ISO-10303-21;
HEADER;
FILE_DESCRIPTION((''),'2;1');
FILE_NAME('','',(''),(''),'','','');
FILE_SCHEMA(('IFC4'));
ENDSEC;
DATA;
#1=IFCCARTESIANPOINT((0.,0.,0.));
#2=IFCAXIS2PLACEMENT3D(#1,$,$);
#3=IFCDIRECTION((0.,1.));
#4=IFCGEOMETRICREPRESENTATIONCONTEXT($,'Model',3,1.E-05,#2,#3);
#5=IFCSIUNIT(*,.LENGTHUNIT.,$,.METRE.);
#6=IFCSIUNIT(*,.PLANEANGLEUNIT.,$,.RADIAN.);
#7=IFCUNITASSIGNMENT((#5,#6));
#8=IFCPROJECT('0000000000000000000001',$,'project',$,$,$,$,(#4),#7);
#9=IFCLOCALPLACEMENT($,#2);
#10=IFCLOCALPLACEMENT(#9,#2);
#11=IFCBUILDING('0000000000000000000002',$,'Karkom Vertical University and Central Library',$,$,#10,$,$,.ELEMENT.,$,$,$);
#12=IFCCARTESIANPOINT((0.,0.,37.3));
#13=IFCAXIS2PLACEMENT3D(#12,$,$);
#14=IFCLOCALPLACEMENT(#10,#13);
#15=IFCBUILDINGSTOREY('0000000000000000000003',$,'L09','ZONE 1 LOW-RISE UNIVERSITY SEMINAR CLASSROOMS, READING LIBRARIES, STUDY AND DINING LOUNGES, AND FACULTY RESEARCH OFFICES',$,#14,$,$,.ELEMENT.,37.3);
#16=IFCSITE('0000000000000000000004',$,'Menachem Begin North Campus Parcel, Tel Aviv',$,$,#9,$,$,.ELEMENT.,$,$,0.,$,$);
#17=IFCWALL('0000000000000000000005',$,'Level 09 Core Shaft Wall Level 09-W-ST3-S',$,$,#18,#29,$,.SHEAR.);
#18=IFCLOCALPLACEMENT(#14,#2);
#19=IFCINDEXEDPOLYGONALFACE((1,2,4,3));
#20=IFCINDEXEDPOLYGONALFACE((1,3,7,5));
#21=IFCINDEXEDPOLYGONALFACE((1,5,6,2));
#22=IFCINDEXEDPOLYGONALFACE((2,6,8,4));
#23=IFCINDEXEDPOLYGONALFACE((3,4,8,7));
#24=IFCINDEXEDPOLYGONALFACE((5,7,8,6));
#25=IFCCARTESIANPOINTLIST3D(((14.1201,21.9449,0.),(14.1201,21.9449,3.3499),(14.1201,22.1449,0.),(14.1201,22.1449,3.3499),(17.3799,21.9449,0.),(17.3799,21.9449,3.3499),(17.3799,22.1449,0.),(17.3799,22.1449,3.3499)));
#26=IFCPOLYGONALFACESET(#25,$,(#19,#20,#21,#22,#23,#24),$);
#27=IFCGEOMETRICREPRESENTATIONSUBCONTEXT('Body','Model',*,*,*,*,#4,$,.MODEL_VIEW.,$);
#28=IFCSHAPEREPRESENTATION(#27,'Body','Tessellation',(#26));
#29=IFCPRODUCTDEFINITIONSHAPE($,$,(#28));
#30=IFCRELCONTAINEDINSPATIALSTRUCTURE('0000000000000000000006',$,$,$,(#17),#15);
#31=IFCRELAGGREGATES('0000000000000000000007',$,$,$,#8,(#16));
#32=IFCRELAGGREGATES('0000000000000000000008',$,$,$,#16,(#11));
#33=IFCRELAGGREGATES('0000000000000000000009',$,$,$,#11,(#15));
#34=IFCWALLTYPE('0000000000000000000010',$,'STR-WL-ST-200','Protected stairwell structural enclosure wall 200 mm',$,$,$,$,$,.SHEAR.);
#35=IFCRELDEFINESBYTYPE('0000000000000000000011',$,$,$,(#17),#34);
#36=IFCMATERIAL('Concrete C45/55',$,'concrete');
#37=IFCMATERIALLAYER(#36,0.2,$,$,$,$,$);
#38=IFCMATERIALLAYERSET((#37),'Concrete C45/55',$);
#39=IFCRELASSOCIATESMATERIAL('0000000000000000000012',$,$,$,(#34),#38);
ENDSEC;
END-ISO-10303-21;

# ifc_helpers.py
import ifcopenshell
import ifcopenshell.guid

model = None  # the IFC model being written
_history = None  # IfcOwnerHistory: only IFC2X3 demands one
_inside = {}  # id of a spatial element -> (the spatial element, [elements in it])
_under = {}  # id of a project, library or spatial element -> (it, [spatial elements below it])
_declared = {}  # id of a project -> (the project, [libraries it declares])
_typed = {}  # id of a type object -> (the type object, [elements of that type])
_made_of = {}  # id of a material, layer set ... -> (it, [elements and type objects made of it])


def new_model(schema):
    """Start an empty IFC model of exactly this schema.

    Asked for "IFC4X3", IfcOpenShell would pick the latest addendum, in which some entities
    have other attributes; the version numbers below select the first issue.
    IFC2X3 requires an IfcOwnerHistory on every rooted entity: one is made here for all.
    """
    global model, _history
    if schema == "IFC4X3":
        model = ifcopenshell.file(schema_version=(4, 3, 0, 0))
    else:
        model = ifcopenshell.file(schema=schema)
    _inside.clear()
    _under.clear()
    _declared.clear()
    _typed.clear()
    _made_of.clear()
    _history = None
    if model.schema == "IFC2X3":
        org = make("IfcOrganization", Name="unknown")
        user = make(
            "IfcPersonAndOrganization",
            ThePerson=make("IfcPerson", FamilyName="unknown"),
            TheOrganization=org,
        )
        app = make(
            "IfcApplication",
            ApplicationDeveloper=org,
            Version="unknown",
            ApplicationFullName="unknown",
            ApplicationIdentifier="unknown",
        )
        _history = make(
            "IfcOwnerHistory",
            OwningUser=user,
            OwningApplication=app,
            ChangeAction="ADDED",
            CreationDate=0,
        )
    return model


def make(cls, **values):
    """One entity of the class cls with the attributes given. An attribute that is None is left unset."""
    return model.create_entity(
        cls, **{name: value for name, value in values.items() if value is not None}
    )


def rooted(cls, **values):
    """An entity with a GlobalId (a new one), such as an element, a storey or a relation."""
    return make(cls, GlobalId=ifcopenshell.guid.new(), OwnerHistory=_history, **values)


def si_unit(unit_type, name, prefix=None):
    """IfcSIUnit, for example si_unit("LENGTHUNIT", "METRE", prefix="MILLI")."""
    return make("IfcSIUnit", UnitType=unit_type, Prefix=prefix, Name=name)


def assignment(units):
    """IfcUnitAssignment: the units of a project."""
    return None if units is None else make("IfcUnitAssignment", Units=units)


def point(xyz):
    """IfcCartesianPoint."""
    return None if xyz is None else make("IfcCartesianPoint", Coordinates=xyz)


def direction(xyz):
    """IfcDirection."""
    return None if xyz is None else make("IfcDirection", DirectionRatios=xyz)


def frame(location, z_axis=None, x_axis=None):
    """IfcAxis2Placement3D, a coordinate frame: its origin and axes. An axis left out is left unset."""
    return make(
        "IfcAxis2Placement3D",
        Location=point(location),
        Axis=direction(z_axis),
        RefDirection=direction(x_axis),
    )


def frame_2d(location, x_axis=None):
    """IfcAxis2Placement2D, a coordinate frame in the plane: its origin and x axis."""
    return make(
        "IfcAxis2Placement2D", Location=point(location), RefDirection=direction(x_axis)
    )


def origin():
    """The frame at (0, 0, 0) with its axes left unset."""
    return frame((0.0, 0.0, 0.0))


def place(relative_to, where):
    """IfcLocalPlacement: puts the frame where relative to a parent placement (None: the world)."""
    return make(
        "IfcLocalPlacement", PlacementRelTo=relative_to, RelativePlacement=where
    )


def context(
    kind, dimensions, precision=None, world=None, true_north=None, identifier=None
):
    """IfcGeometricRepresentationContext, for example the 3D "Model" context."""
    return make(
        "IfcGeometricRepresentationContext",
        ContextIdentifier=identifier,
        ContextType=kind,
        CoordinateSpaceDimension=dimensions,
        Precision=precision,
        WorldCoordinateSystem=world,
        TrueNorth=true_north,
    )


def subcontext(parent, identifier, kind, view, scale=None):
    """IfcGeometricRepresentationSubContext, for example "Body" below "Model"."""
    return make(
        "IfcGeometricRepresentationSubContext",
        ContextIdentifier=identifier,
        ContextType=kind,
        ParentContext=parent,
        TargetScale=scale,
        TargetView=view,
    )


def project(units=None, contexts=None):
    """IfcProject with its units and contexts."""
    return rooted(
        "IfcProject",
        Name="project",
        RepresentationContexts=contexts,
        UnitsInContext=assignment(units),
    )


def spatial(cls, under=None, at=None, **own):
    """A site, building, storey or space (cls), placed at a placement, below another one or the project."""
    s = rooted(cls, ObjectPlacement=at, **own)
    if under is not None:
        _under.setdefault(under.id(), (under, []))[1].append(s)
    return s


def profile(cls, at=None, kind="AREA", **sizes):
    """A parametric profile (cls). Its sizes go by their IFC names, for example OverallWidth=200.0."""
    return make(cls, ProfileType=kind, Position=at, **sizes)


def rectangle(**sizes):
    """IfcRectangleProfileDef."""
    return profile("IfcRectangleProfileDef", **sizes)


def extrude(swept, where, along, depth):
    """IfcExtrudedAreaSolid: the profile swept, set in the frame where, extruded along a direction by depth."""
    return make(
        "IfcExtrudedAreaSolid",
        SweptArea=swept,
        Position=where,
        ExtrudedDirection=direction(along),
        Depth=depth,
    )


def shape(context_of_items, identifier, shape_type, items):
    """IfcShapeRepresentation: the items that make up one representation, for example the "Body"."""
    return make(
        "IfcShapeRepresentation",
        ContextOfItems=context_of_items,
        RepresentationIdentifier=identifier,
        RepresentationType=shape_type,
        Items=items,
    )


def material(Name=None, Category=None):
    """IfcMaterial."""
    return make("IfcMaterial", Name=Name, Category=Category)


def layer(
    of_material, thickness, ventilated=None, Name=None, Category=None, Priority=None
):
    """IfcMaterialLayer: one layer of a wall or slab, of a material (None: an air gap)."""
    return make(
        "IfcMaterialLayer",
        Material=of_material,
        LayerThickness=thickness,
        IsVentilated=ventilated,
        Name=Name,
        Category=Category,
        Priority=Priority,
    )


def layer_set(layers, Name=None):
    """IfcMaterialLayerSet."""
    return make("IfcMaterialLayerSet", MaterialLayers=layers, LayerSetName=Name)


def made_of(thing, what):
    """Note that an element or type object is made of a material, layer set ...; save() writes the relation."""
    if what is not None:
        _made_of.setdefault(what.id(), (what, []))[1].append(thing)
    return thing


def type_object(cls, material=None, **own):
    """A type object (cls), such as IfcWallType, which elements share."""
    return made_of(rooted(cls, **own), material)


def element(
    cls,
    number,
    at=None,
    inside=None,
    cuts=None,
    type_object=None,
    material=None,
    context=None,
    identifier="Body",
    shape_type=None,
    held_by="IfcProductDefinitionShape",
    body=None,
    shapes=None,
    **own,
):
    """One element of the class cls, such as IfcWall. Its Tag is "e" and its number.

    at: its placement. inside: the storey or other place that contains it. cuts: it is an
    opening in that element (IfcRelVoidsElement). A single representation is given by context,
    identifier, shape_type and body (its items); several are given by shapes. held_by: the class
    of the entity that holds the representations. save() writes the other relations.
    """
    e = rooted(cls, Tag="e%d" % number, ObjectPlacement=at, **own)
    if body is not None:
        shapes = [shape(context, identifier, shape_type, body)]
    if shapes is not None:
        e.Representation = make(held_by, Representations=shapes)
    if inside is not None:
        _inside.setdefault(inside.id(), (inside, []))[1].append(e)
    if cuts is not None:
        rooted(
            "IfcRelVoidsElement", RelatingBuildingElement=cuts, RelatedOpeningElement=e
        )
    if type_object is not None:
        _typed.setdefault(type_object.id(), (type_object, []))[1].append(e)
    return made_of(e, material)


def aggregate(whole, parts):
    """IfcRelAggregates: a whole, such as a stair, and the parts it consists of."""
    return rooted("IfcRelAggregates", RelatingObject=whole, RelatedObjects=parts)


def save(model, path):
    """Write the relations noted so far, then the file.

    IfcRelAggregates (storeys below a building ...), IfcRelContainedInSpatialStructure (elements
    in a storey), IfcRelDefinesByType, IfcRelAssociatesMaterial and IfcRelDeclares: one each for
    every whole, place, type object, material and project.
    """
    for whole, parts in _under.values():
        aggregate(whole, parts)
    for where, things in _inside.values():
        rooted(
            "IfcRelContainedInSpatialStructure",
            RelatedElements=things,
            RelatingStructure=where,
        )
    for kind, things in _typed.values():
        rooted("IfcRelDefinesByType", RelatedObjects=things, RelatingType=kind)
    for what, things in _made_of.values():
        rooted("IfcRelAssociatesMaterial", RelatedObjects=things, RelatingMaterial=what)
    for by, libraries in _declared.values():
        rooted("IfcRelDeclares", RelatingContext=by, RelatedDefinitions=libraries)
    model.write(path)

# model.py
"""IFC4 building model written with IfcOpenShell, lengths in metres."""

from ifc_helpers import new_model, si_unit, direction, frame, frame_2d, origin, place, context, subcontext, project, spatial, rectangle, extrude, material, layer, layer_set, type_object, element, save


model = new_model("IFC4")

# Units and contexts
model_context = context("Model", 3, precision=1e-05, world=origin(), true_north=direction((0.0, 1.0)))
body_context = subcontext(model_context, "Body", "Model", "MODEL_VIEW")
ifc_project = project(units=[si_unit("LENGTHUNIT", "METRE"), si_unit("PLANEANGLEUNIT", "RADIAN")], contexts=[model_context])

# Site, building, storey
site_placement = place(None, origin())
site = spatial("IfcSite", under=ifc_project, at=site_placement, Name="Menachem Begin North Campus Parcel, Tel Aviv", CompositionType="ELEMENT", RefElevation=0.0)
building_placement = place(site_placement, origin())
building = spatial("IfcBuilding", under=site, at=building_placement, Name="Karkom Vertical University and Central Library", CompositionType="ELEMENT")
storey_placement = place(building_placement, frame((0.0, 0.0, 37.3)))
storey = spatial("IfcBuildingStorey", under=building, at=storey_placement, Name="L09", Description="ZONE 1 LOW-RISE UNIVERSITY SEMINAR CLASSROOMS, READING LIBRARIES, STUDY AND DINING LOUNGES, AND FACULTY RESEARCH OFFICES", CompositionType="ELEMENT", Elevation=37.3)

# Wall
ifc_material_1 = material(Name="Concrete C45/55", Category="concrete")
ifc_layer_1 = layer(ifc_material_1, 0.2)
ifc_layer_set_1 = layer_set([ifc_layer_1], Name="Concrete C45/55")
wall_type_1 = type_object("IfcWallType", Name="STR-WL-ST-200", Description="Protected stairwell structural enclosure wall 200 mm", PredefinedType="SHEAR", material=ifc_layer_set_1)
wall_1_placement = place(storey_placement, frame((14.1201, 22.0449, 0.0), z_axis=(0.0, 0.0, 1.0), x_axis=(1.0, 0.0, 0.0)))
element("IfcWall", 1, at=wall_1_placement, inside=storey, type_object=wall_type_1, Name="Level 09 Core Shaft Wall Level 09-W-ST3-S", PredefinedType="SHEAR", context=body_context, shape_type="SweptSolid", body=[
    extrude(rectangle(XDim=3.2598, YDim=0.2, at=frame_2d((1.6299, 0.0))), origin(), (0.0, 0.0, 1.0), 3.3499),
])

save(model, "model.ifc")
